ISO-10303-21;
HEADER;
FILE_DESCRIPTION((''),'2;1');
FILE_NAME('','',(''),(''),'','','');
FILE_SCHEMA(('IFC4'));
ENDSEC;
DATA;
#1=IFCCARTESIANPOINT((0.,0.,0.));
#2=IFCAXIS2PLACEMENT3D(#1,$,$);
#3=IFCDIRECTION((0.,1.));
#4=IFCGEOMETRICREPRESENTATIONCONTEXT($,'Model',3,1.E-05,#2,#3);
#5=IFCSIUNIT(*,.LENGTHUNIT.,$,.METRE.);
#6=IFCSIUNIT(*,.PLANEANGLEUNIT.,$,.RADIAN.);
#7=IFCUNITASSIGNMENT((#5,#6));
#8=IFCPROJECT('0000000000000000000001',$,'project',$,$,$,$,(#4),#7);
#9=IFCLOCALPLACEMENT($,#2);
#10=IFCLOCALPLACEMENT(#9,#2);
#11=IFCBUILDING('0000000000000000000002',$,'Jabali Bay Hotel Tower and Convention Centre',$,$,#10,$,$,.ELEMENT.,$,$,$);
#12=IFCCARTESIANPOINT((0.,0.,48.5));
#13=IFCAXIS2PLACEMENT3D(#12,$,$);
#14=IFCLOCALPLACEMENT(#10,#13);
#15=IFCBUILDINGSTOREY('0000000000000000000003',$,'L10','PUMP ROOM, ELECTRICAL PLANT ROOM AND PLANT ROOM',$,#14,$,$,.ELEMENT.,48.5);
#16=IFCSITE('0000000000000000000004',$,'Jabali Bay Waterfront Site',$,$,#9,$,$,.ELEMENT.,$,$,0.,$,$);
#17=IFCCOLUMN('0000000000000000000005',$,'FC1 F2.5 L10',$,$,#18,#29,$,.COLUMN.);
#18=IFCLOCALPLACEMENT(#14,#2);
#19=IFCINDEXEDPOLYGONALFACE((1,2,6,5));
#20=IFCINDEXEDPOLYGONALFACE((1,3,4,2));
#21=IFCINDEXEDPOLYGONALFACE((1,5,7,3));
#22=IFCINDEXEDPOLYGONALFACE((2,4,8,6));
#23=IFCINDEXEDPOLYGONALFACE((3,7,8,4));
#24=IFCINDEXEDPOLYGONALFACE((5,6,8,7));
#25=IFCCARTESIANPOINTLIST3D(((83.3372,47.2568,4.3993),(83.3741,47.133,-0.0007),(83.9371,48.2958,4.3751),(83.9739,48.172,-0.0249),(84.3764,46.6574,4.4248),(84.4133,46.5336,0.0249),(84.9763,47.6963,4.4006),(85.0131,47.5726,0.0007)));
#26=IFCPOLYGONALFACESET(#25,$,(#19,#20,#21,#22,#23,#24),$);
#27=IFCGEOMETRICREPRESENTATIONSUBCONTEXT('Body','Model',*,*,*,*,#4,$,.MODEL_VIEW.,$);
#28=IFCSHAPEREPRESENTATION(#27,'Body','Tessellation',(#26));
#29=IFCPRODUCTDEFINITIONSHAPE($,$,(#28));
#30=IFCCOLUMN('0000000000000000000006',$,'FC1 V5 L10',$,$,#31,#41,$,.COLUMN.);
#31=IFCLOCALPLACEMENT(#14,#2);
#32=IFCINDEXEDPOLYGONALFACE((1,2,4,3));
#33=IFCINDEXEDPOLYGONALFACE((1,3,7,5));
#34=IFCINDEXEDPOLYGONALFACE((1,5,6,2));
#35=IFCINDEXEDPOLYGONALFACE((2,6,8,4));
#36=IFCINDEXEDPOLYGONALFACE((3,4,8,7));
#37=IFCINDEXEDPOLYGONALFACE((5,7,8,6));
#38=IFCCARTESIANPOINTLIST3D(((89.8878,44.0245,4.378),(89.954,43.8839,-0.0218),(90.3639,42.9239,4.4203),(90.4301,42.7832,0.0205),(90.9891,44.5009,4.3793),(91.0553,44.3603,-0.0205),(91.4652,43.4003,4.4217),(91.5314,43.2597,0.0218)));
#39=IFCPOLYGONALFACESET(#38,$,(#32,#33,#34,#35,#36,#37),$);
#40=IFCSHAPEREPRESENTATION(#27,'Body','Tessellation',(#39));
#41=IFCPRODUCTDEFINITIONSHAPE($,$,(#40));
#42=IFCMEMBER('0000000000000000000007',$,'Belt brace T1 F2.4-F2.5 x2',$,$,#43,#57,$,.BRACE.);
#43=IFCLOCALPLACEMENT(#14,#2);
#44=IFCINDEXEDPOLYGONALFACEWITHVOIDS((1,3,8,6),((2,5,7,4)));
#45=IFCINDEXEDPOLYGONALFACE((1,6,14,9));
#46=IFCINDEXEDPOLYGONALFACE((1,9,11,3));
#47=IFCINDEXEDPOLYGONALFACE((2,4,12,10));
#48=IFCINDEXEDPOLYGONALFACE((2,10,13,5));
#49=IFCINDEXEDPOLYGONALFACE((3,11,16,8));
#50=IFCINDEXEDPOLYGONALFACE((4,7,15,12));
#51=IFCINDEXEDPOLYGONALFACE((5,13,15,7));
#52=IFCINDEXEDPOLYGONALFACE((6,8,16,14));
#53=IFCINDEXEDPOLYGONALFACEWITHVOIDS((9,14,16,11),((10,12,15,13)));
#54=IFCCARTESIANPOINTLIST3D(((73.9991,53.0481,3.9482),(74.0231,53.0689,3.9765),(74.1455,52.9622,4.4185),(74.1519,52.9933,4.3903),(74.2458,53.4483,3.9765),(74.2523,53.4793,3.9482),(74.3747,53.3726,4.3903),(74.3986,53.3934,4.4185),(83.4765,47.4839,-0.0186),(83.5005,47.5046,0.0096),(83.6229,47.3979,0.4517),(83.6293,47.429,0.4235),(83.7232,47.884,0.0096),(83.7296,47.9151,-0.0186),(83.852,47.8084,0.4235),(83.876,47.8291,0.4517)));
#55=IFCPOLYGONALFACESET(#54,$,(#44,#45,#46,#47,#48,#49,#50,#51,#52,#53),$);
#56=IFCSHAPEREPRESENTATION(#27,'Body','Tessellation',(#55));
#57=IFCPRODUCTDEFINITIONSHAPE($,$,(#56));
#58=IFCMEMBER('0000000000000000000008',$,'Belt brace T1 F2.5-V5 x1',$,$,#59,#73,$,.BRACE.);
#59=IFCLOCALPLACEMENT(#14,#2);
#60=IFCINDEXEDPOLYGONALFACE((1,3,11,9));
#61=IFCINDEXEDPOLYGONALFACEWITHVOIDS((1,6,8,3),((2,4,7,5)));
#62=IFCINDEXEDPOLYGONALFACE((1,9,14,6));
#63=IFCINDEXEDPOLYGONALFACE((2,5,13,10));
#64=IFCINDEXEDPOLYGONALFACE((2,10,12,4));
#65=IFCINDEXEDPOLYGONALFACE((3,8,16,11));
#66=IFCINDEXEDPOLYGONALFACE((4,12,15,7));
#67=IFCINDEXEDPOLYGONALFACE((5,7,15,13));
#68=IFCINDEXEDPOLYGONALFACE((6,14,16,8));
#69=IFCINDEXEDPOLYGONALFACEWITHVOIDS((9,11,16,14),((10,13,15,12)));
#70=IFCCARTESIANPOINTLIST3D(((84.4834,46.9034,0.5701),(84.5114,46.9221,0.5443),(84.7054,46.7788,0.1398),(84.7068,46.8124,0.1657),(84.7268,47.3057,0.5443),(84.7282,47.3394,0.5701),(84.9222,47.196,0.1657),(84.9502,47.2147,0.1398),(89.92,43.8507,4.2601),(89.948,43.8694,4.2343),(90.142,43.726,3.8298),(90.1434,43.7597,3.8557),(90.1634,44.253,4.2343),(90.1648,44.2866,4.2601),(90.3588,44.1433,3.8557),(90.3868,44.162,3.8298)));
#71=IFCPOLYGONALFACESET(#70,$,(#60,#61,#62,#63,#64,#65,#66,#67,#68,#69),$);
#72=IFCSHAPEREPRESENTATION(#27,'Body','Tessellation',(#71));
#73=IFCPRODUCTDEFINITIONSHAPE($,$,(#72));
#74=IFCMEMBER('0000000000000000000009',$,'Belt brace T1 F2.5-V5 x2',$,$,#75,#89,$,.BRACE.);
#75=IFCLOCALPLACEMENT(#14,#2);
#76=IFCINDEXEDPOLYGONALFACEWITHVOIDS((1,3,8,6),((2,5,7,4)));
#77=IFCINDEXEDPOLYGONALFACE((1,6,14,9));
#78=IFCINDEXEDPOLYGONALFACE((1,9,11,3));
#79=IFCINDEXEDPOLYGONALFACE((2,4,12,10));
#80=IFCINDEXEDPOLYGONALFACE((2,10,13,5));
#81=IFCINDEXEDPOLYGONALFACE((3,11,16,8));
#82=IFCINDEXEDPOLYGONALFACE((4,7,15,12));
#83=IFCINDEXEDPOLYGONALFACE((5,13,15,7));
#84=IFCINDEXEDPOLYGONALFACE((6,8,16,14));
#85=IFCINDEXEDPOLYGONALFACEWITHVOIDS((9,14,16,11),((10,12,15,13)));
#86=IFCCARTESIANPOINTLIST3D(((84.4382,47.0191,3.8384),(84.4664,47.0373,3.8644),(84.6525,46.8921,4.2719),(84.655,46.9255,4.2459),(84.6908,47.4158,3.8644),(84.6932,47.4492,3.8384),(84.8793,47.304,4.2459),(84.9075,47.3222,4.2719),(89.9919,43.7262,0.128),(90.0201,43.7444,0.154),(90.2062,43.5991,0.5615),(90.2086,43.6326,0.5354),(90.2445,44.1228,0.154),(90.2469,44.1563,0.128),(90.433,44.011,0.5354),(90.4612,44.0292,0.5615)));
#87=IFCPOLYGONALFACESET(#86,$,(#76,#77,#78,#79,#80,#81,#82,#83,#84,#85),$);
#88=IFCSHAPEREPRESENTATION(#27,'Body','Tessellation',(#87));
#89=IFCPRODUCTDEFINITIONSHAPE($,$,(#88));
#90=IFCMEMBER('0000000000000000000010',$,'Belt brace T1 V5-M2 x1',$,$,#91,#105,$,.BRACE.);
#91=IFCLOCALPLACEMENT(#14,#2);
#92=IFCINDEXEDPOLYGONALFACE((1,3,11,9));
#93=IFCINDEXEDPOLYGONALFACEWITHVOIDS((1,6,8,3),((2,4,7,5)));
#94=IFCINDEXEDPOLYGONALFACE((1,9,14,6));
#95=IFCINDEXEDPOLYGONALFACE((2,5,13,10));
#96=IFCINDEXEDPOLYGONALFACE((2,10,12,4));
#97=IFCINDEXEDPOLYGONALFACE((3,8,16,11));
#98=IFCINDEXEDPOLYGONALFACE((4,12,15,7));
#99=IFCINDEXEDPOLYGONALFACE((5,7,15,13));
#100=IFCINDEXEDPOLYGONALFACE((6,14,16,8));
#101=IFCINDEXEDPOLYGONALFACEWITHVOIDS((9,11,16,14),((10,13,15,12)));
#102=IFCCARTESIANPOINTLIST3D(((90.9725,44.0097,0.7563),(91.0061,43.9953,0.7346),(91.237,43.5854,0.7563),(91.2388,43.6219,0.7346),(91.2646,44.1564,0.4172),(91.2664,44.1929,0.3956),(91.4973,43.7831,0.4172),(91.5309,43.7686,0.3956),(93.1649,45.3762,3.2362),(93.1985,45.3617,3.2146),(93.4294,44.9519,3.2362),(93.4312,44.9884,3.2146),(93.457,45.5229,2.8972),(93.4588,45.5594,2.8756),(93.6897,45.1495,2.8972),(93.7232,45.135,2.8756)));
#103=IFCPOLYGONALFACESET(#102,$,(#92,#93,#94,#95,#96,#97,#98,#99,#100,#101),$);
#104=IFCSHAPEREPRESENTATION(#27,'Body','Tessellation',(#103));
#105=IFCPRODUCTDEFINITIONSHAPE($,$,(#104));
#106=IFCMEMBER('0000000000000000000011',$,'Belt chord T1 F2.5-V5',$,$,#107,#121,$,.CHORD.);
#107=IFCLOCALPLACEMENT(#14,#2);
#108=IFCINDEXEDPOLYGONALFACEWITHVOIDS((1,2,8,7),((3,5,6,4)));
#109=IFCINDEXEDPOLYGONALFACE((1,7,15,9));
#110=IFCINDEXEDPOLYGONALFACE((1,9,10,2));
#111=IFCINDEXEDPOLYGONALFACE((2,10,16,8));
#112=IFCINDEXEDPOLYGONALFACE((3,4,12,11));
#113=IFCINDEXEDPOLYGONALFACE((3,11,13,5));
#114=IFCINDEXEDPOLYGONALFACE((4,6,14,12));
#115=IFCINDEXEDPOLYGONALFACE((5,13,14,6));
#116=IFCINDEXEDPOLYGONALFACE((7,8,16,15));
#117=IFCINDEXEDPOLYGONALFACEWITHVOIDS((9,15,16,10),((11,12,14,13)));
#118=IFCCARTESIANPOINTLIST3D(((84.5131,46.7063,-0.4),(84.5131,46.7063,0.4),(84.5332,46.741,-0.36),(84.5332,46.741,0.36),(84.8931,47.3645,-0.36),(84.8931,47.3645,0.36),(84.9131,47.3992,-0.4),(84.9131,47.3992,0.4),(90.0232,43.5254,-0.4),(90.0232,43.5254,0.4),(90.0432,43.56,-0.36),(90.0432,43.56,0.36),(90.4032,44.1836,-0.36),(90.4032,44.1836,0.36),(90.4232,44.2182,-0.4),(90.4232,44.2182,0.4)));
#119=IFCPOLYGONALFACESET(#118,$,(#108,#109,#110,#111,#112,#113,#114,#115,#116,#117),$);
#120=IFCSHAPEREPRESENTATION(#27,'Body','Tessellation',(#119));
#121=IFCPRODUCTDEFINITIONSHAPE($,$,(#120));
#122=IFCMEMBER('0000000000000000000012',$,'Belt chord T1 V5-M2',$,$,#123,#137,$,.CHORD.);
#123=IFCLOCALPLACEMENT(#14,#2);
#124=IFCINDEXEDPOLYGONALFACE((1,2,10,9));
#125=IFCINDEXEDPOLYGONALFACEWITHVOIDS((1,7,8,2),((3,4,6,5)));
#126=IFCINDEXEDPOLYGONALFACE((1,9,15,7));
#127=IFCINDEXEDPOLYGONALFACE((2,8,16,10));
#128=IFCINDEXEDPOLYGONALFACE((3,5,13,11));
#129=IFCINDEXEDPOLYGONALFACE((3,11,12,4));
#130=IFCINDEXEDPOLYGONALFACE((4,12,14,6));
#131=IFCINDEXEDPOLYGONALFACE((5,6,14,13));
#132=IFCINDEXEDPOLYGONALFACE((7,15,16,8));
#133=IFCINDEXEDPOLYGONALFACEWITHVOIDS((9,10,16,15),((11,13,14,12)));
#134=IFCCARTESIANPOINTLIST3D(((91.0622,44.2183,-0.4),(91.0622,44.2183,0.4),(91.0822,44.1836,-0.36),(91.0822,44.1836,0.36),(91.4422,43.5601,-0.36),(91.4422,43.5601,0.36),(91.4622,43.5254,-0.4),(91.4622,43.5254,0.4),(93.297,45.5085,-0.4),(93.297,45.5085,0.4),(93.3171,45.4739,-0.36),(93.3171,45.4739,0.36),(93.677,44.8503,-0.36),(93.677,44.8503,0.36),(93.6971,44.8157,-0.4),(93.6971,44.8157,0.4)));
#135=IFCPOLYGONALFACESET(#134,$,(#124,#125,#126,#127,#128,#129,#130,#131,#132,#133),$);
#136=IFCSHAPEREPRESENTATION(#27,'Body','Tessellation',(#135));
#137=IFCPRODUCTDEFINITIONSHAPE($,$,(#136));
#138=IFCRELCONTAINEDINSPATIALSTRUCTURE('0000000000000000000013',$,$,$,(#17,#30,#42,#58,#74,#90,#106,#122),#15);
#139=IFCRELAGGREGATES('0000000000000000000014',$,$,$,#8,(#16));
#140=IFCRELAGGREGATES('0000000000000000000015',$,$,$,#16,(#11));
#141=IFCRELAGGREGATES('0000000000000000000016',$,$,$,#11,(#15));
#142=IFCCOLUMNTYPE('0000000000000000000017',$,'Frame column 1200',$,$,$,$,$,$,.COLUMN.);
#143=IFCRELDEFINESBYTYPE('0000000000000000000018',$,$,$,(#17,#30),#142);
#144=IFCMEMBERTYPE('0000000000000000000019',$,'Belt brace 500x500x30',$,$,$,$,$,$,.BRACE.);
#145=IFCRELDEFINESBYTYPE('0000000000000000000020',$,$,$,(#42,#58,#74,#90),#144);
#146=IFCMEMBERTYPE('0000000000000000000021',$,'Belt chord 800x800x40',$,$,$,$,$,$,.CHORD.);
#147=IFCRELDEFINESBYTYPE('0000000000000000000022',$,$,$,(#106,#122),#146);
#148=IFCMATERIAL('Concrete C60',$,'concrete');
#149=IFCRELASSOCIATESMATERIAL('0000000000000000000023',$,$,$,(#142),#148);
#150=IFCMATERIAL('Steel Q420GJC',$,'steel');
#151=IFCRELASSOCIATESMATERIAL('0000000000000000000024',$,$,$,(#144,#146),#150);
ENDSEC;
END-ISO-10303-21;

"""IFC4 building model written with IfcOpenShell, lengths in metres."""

from ifc_helpers import new_model, si_unit, direction, frame, origin, origin_2d, place, context, subcontext, project, spatial, rectangle, hollow_rectangle, extrude, material, material_profile, profile_set, type_object, element, save


model = new_model("IFC4")

# Units and contexts
model_context = context("Model", 3, precision=1e-05, world=origin(), true_north=direction((0.0, 1.0)))
body_context = subcontext(model_context, "Body", "Model", "MODEL_VIEW")
ifc_project = project(units=[si_unit("LENGTHUNIT", "METRE"), si_unit("PLANEANGLEUNIT", "RADIAN")], contexts=[model_context])

# Site, building, storey
site_placement = place(None, origin())
site = spatial("IfcSite", under=ifc_project, at=site_placement, Name="Jabali Bay Waterfront Site", CompositionType="ELEMENT", RefElevation=0.0)
building_placement = place(site_placement, origin())
building = spatial("IfcBuilding", under=site, at=building_placement, Name="Jabali Bay Hotel Tower and Convention Centre", CompositionType="ELEMENT")
storey_placement = place(building_placement, frame((0.0, 0.0, 48.5)))
storey = spatial("IfcBuildingStorey", under=building, at=storey_placement, Name="L10", Description="PUMP ROOM, ELECTRICAL PLANT ROOM AND PLANT ROOM", CompositionType="ELEMENT", Elevation=48.5)

# Columns
ifc_material_1 = material(Name="Concrete C60", Category="concrete")
ifc_material_profile_1 = material_profile(ifc_material_1, rectangle(XDim=1.2, YDim=1.2, at=origin_2d()), Name="Frame column 1200")
ifc_profile_set_1 = profile_set([ifc_material_profile_1], Name="Concrete C60")
column_type = type_object("IfcColumnType", Name="Frame column 1200", PredefinedType="COLUMN", material=ifc_profile_set_1)
column_1_placement = place(storey_placement, frame((84.1936, 47.3528, 0.0), z_axis=(-0.008375, 0.02812, 0.999569), x_axis=(-0.499914, -0.86584, 0.020169)))
element("IfcColumn", 1, at=column_1_placement, inside=storey, type_object=column_type, Name="FC1 F2.5 L10", PredefinedType="COLUMN", context=body_context, shape_type="SweptSolid", body=[
    extrude(rectangle(XDim=1.2, YDim=1.2, at=origin_2d()), origin(), (0.0, 0.0, 1.0), 4.4019),
])
column_2_placement = place(storey_placement, frame((90.7427, 43.5718, 0.0), z_axis=(-0.015028, 0.031941, 0.999377), x_axis=(0.396784, -0.917234, 0.035282)))
element("IfcColumn", 2, at=column_2_placement, inside=storey, type_object=column_type, Name="FC1 V5 L10", PredefinedType="COLUMN", context=body_context, shape_type="SweptSolid", body=[
    extrude(rectangle(XDim=1.2, YDim=1.2, at=origin_2d()), origin(), (0.0, 0.0, 1.0), 4.4026),
])

# Members
ifc_material_2 = material(Name="Steel Q420GJC", Category="steel")
ifc_material_profile_2 = material_profile(ifc_material_2, hollow_rectangle(XDim=0.5, YDim=0.5, WallThickness=0.03, at=origin_2d()), Name="Belt brace 500x500x30")
ifc_profile_set_2 = profile_set([ifc_material_profile_2], Name="Steel Q420GJC")
member_type_1 = type_object("IfcMemberType", Name="Belt brace 500x500x30", PredefinedType="BRACE", material=ifc_profile_set_2)
member_1_placement = place(storey_placement, frame((83.6763, 47.6565, 0.2166), z_axis=(-0.811137, 0.476226, 0.339508), x_axis=(-0.506299, -0.862358, 0.0)))
element("IfcMember", 3, at=member_1_placement, inside=storey, type_object=member_type_1, Name="Belt brace T1 F2.4-F2.5 x2", PredefinedType="BRACE", context=body_context, shape_type="SweptSolid", body=[
    extrude(hollow_rectangle(XDim=0.5, YDim=0.5, WallThickness=0.03, at=origin_2d()), origin(), (0.0, 0.0, 1.0), 11.6841),
])
member_2_placement = place(storey_placement, frame((84.7168, 47.0591, 0.355), z_axis=(0.750378, -0.421355, 0.509306), x_axis=(0.489614, 0.871939, 0.0)))
element("IfcMember", 4, at=member_2_placement, inside=storey, type_object=member_type_1, Name="Belt brace T1 F2.5-V5 x1", PredefinedType="BRACE", context=body_context, shape_type="SweptSolid", body=[
    extrude(hollow_rectangle(XDim=0.5, YDim=0.5, WallThickness=0.03, at=origin_2d()), origin(), (0.0, 0.0, 1.0), 7.2451),
])
member_3_placement = place(storey_placement, frame((90.2266, 43.8777, 0.3447), z_axis=(-0.745785, 0.442199, 0.498261), x_axis=(-0.510018, -0.860164, 0.0)))
element("IfcMember", 5, at=member_3_placement, inside=storey, type_object=member_type_1, Name="Belt brace T1 F2.5-V5 x2", PredefinedType="BRACE", context=body_context, shape_type="SweptSolid", body=[
    extrude(hollow_rectangle(XDim=0.5, YDim=0.5, WallThickness=0.03, at=origin_2d()), origin(), (0.0, 0.0, 1.0), 7.4468),
])
member_4_placement = place(storey_placement, frame((91.2517, 43.8892, 0.5759), z_axis=(0.612215, 0.381578, 0.692525), x_axis=(-0.528945, 0.848656, 0.0)))
element("IfcMember", 6, at=member_4_placement, inside=storey, type_object=member_type_1, Name="Belt brace T1 V5-M2 x1", PredefinedType="BRACE", context=body_context, shape_type="SweptSolid", body=[
    extrude(hollow_rectangle(XDim=0.5, YDim=0.5, WallThickness=0.03, at=origin_2d()), origin(), (0.0, 0.0, 1.0), 3.5811),
])
ifc_material_profile_3 = material_profile(ifc_material_2, hollow_rectangle(XDim=0.8, YDim=0.8, WallThickness=0.04, at=origin_2d()), Name="Belt chord 800x800x40")
ifc_profile_set_3 = profile_set([ifc_material_profile_3], Name="Steel Q420GJC")
member_type_2 = type_object("IfcMemberType", Name="Belt chord 800x800x40", PredefinedType="CHORD", material=ifc_profile_set_3)
member_5_placement = place(storey_placement, frame((84.7131, 47.0527, 0.0), z_axis=(0.866046, -0.499965, 0.0), x_axis=(0.499965, 0.866046, 0.0)))
element("IfcMember", 7, at=member_5_placement, inside=storey, type_object=member_type_2, Name="Belt chord T1 F2.5-V5", PredefinedType="CHORD", context=body_context, shape_type="SweptSolid", body=[
    extrude(hollow_rectangle(XDim=0.8, YDim=0.8, WallThickness=0.04, at=origin_2d()), origin(), (0.0, 0.0, 1.0), 6.3623),
])
member_6_placement = place(storey_placement, frame((91.2622, 43.8718, 0.0), z_axis=(0.866028, 0.499995, 0.0), x_axis=(-0.499995, 0.866028, 0.0)))
element("IfcMember", 8, at=member_6_placement, inside=storey, type_object=member_type_2, Name="Belt chord T1 V5-M2", PredefinedType="CHORD", context=body_context, shape_type="SweptSolid", body=[
    extrude(hollow_rectangle(XDim=0.8, YDim=0.8, WallThickness=0.04, at=origin_2d()), origin(), (0.0, 0.0, 1.0), 2.5806),
])

save(model, "model.ifc")
